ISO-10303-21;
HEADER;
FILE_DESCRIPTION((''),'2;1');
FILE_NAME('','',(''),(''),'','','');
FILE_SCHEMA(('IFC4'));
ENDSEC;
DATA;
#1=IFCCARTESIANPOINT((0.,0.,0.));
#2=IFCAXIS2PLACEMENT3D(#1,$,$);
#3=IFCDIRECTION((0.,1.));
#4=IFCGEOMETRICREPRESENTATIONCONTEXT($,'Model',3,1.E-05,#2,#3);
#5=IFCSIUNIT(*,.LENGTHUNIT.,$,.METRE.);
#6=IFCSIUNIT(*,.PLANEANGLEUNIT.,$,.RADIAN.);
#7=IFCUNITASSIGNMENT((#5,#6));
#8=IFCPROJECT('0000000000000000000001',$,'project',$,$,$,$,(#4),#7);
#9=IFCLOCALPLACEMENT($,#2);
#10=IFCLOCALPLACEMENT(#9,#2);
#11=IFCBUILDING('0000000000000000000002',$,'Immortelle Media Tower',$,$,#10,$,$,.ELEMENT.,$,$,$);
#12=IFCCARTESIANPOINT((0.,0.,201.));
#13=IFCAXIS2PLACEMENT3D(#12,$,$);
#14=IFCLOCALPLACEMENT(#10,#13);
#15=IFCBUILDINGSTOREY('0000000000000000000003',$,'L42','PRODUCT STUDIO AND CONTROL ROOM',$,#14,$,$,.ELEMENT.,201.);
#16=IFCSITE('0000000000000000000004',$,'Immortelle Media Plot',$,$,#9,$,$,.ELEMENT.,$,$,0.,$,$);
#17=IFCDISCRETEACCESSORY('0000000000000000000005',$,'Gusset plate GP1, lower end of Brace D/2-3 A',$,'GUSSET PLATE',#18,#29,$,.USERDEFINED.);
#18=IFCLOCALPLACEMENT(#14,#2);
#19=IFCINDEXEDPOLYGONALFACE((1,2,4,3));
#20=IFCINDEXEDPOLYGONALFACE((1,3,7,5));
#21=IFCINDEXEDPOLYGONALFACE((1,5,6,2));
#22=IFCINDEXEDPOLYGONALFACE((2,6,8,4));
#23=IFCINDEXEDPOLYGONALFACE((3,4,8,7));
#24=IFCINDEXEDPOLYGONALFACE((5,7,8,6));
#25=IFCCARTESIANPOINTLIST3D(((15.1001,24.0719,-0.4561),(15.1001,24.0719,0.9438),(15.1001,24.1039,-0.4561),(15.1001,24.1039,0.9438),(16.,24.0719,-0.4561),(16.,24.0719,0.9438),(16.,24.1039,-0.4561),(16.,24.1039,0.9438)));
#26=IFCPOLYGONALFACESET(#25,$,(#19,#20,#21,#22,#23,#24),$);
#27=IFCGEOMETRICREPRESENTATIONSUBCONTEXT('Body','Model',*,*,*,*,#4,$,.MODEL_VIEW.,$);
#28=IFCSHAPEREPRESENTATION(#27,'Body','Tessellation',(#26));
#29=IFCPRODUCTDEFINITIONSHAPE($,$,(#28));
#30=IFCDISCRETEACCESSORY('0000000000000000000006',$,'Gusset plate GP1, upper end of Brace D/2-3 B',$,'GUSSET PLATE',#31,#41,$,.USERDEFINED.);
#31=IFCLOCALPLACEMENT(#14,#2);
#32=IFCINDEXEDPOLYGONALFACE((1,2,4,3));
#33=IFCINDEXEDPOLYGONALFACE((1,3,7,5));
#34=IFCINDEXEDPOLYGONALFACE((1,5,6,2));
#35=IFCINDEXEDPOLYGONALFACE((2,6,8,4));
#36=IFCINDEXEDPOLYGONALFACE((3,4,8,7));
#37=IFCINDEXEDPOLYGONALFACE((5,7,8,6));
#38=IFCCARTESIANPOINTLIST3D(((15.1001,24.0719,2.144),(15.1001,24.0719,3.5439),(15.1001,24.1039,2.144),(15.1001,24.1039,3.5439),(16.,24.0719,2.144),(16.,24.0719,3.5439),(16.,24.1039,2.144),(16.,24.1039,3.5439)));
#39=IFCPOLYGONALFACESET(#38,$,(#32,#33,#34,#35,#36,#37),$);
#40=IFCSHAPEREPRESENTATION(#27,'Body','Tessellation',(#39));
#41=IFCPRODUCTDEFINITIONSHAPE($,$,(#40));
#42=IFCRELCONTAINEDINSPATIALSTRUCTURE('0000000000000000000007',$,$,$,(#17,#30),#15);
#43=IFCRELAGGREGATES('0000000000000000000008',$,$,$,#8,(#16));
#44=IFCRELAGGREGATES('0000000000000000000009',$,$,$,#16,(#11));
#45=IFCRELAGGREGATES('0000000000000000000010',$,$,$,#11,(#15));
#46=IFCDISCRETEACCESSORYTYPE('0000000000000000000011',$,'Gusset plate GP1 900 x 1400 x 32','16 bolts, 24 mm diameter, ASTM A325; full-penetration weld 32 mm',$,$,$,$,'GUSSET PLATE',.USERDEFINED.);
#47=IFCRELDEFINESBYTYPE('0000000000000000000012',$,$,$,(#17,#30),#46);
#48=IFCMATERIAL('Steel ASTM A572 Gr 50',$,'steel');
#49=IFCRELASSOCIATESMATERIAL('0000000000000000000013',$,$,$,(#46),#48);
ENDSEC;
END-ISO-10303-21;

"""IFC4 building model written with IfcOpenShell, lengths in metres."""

from ifc_helpers import new_model, si_unit, direction, frame, origin, origin_2d, place, context, subcontext, project, spatial, rectangle, extrude, material, material_profile, profile_set, type_object, element, save


model = new_model("IFC4")

# Units and contexts
model_context = context("Model", 3, precision=1e-05, world=origin(), true_north=direction((0.0, 1.0)))
body_context = subcontext(model_context, "Body", "Model", "MODEL_VIEW")
ifc_project = project(units=[si_unit("LENGTHUNIT", "METRE"), si_unit("PLANEANGLEUNIT", "RADIAN")], contexts=[model_context])

# Site, building, storey
site_placement = place(None, origin())
site = spatial("IfcSite", under=ifc_project, at=site_placement, Name="Immortelle Media Plot", CompositionType="ELEMENT", RefElevation=0.0)
building_placement = place(site_placement, origin())
building = spatial("IfcBuilding", under=site, at=building_placement, Name="Immortelle Media Tower", CompositionType="ELEMENT")
storey_placement = place(building_placement, frame((0.0, 0.0, 201.0)))
storey = spatial("IfcBuildingStorey", under=building, at=storey_placement, Name="L42", Description="PRODUCT STUDIO AND CONTROL ROOM", CompositionType="ELEMENT", Elevation=201.0)

# Discrete accessories
ifc_material_1 = material(Name="Steel ASTM A572 Gr 50", Category="steel")
ifc_material_profile_1 = material_profile(ifc_material_1, rectangle(XDim=0.032, YDim=1.3999, at=origin_2d()), Name="PL 32 x 1400")
ifc_profile_set_1 = profile_set([ifc_material_profile_1], Name="Steel ASTM A572 Gr 50")
discrete_accessory_type_1 = type_object("IfcDiscreteAccessoryType", Name="Gusset plate GP1 900 x 1400 x 32", Description="16 bolts, 24 mm diameter, ASTM A325; full-penetration weld 32 mm", ElementType="GUSSET PLATE", PredefinedType="USERDEFINED", material=ifc_profile_set_1)
for number, where, z_axis, x_axis, name in (
    (1, (16.0, 24.0879, 0.2439), (-1.0, 0.0, 0.0), (0.0, -1.0, 0.0), "Gusset plate GP1, lower end of Brace D/2-3 A"),
    (2, (16.0, 24.0879, 2.844), (-1.0, 0.0, 0.0), (0.0, -1.0, 0.0), "Gusset plate GP1, upper end of Brace D/2-3 B"),
):
    element("IfcDiscreteAccessory", number, at=place(storey_placement, frame(where, z_axis=z_axis, x_axis=x_axis)), inside=storey, type_object=discrete_accessory_type_1, Name=name, ObjectType="GUSSET PLATE", PredefinedType="USERDEFINED", context=body_context, shape_type="SweptSolid", body=[
        extrude(rectangle(XDim=0.032, YDim=1.3999, at=origin_2d()), origin(), (0.0, 0.0, 1.0), 0.8999),
    ])

save(model, "model.ifc")
